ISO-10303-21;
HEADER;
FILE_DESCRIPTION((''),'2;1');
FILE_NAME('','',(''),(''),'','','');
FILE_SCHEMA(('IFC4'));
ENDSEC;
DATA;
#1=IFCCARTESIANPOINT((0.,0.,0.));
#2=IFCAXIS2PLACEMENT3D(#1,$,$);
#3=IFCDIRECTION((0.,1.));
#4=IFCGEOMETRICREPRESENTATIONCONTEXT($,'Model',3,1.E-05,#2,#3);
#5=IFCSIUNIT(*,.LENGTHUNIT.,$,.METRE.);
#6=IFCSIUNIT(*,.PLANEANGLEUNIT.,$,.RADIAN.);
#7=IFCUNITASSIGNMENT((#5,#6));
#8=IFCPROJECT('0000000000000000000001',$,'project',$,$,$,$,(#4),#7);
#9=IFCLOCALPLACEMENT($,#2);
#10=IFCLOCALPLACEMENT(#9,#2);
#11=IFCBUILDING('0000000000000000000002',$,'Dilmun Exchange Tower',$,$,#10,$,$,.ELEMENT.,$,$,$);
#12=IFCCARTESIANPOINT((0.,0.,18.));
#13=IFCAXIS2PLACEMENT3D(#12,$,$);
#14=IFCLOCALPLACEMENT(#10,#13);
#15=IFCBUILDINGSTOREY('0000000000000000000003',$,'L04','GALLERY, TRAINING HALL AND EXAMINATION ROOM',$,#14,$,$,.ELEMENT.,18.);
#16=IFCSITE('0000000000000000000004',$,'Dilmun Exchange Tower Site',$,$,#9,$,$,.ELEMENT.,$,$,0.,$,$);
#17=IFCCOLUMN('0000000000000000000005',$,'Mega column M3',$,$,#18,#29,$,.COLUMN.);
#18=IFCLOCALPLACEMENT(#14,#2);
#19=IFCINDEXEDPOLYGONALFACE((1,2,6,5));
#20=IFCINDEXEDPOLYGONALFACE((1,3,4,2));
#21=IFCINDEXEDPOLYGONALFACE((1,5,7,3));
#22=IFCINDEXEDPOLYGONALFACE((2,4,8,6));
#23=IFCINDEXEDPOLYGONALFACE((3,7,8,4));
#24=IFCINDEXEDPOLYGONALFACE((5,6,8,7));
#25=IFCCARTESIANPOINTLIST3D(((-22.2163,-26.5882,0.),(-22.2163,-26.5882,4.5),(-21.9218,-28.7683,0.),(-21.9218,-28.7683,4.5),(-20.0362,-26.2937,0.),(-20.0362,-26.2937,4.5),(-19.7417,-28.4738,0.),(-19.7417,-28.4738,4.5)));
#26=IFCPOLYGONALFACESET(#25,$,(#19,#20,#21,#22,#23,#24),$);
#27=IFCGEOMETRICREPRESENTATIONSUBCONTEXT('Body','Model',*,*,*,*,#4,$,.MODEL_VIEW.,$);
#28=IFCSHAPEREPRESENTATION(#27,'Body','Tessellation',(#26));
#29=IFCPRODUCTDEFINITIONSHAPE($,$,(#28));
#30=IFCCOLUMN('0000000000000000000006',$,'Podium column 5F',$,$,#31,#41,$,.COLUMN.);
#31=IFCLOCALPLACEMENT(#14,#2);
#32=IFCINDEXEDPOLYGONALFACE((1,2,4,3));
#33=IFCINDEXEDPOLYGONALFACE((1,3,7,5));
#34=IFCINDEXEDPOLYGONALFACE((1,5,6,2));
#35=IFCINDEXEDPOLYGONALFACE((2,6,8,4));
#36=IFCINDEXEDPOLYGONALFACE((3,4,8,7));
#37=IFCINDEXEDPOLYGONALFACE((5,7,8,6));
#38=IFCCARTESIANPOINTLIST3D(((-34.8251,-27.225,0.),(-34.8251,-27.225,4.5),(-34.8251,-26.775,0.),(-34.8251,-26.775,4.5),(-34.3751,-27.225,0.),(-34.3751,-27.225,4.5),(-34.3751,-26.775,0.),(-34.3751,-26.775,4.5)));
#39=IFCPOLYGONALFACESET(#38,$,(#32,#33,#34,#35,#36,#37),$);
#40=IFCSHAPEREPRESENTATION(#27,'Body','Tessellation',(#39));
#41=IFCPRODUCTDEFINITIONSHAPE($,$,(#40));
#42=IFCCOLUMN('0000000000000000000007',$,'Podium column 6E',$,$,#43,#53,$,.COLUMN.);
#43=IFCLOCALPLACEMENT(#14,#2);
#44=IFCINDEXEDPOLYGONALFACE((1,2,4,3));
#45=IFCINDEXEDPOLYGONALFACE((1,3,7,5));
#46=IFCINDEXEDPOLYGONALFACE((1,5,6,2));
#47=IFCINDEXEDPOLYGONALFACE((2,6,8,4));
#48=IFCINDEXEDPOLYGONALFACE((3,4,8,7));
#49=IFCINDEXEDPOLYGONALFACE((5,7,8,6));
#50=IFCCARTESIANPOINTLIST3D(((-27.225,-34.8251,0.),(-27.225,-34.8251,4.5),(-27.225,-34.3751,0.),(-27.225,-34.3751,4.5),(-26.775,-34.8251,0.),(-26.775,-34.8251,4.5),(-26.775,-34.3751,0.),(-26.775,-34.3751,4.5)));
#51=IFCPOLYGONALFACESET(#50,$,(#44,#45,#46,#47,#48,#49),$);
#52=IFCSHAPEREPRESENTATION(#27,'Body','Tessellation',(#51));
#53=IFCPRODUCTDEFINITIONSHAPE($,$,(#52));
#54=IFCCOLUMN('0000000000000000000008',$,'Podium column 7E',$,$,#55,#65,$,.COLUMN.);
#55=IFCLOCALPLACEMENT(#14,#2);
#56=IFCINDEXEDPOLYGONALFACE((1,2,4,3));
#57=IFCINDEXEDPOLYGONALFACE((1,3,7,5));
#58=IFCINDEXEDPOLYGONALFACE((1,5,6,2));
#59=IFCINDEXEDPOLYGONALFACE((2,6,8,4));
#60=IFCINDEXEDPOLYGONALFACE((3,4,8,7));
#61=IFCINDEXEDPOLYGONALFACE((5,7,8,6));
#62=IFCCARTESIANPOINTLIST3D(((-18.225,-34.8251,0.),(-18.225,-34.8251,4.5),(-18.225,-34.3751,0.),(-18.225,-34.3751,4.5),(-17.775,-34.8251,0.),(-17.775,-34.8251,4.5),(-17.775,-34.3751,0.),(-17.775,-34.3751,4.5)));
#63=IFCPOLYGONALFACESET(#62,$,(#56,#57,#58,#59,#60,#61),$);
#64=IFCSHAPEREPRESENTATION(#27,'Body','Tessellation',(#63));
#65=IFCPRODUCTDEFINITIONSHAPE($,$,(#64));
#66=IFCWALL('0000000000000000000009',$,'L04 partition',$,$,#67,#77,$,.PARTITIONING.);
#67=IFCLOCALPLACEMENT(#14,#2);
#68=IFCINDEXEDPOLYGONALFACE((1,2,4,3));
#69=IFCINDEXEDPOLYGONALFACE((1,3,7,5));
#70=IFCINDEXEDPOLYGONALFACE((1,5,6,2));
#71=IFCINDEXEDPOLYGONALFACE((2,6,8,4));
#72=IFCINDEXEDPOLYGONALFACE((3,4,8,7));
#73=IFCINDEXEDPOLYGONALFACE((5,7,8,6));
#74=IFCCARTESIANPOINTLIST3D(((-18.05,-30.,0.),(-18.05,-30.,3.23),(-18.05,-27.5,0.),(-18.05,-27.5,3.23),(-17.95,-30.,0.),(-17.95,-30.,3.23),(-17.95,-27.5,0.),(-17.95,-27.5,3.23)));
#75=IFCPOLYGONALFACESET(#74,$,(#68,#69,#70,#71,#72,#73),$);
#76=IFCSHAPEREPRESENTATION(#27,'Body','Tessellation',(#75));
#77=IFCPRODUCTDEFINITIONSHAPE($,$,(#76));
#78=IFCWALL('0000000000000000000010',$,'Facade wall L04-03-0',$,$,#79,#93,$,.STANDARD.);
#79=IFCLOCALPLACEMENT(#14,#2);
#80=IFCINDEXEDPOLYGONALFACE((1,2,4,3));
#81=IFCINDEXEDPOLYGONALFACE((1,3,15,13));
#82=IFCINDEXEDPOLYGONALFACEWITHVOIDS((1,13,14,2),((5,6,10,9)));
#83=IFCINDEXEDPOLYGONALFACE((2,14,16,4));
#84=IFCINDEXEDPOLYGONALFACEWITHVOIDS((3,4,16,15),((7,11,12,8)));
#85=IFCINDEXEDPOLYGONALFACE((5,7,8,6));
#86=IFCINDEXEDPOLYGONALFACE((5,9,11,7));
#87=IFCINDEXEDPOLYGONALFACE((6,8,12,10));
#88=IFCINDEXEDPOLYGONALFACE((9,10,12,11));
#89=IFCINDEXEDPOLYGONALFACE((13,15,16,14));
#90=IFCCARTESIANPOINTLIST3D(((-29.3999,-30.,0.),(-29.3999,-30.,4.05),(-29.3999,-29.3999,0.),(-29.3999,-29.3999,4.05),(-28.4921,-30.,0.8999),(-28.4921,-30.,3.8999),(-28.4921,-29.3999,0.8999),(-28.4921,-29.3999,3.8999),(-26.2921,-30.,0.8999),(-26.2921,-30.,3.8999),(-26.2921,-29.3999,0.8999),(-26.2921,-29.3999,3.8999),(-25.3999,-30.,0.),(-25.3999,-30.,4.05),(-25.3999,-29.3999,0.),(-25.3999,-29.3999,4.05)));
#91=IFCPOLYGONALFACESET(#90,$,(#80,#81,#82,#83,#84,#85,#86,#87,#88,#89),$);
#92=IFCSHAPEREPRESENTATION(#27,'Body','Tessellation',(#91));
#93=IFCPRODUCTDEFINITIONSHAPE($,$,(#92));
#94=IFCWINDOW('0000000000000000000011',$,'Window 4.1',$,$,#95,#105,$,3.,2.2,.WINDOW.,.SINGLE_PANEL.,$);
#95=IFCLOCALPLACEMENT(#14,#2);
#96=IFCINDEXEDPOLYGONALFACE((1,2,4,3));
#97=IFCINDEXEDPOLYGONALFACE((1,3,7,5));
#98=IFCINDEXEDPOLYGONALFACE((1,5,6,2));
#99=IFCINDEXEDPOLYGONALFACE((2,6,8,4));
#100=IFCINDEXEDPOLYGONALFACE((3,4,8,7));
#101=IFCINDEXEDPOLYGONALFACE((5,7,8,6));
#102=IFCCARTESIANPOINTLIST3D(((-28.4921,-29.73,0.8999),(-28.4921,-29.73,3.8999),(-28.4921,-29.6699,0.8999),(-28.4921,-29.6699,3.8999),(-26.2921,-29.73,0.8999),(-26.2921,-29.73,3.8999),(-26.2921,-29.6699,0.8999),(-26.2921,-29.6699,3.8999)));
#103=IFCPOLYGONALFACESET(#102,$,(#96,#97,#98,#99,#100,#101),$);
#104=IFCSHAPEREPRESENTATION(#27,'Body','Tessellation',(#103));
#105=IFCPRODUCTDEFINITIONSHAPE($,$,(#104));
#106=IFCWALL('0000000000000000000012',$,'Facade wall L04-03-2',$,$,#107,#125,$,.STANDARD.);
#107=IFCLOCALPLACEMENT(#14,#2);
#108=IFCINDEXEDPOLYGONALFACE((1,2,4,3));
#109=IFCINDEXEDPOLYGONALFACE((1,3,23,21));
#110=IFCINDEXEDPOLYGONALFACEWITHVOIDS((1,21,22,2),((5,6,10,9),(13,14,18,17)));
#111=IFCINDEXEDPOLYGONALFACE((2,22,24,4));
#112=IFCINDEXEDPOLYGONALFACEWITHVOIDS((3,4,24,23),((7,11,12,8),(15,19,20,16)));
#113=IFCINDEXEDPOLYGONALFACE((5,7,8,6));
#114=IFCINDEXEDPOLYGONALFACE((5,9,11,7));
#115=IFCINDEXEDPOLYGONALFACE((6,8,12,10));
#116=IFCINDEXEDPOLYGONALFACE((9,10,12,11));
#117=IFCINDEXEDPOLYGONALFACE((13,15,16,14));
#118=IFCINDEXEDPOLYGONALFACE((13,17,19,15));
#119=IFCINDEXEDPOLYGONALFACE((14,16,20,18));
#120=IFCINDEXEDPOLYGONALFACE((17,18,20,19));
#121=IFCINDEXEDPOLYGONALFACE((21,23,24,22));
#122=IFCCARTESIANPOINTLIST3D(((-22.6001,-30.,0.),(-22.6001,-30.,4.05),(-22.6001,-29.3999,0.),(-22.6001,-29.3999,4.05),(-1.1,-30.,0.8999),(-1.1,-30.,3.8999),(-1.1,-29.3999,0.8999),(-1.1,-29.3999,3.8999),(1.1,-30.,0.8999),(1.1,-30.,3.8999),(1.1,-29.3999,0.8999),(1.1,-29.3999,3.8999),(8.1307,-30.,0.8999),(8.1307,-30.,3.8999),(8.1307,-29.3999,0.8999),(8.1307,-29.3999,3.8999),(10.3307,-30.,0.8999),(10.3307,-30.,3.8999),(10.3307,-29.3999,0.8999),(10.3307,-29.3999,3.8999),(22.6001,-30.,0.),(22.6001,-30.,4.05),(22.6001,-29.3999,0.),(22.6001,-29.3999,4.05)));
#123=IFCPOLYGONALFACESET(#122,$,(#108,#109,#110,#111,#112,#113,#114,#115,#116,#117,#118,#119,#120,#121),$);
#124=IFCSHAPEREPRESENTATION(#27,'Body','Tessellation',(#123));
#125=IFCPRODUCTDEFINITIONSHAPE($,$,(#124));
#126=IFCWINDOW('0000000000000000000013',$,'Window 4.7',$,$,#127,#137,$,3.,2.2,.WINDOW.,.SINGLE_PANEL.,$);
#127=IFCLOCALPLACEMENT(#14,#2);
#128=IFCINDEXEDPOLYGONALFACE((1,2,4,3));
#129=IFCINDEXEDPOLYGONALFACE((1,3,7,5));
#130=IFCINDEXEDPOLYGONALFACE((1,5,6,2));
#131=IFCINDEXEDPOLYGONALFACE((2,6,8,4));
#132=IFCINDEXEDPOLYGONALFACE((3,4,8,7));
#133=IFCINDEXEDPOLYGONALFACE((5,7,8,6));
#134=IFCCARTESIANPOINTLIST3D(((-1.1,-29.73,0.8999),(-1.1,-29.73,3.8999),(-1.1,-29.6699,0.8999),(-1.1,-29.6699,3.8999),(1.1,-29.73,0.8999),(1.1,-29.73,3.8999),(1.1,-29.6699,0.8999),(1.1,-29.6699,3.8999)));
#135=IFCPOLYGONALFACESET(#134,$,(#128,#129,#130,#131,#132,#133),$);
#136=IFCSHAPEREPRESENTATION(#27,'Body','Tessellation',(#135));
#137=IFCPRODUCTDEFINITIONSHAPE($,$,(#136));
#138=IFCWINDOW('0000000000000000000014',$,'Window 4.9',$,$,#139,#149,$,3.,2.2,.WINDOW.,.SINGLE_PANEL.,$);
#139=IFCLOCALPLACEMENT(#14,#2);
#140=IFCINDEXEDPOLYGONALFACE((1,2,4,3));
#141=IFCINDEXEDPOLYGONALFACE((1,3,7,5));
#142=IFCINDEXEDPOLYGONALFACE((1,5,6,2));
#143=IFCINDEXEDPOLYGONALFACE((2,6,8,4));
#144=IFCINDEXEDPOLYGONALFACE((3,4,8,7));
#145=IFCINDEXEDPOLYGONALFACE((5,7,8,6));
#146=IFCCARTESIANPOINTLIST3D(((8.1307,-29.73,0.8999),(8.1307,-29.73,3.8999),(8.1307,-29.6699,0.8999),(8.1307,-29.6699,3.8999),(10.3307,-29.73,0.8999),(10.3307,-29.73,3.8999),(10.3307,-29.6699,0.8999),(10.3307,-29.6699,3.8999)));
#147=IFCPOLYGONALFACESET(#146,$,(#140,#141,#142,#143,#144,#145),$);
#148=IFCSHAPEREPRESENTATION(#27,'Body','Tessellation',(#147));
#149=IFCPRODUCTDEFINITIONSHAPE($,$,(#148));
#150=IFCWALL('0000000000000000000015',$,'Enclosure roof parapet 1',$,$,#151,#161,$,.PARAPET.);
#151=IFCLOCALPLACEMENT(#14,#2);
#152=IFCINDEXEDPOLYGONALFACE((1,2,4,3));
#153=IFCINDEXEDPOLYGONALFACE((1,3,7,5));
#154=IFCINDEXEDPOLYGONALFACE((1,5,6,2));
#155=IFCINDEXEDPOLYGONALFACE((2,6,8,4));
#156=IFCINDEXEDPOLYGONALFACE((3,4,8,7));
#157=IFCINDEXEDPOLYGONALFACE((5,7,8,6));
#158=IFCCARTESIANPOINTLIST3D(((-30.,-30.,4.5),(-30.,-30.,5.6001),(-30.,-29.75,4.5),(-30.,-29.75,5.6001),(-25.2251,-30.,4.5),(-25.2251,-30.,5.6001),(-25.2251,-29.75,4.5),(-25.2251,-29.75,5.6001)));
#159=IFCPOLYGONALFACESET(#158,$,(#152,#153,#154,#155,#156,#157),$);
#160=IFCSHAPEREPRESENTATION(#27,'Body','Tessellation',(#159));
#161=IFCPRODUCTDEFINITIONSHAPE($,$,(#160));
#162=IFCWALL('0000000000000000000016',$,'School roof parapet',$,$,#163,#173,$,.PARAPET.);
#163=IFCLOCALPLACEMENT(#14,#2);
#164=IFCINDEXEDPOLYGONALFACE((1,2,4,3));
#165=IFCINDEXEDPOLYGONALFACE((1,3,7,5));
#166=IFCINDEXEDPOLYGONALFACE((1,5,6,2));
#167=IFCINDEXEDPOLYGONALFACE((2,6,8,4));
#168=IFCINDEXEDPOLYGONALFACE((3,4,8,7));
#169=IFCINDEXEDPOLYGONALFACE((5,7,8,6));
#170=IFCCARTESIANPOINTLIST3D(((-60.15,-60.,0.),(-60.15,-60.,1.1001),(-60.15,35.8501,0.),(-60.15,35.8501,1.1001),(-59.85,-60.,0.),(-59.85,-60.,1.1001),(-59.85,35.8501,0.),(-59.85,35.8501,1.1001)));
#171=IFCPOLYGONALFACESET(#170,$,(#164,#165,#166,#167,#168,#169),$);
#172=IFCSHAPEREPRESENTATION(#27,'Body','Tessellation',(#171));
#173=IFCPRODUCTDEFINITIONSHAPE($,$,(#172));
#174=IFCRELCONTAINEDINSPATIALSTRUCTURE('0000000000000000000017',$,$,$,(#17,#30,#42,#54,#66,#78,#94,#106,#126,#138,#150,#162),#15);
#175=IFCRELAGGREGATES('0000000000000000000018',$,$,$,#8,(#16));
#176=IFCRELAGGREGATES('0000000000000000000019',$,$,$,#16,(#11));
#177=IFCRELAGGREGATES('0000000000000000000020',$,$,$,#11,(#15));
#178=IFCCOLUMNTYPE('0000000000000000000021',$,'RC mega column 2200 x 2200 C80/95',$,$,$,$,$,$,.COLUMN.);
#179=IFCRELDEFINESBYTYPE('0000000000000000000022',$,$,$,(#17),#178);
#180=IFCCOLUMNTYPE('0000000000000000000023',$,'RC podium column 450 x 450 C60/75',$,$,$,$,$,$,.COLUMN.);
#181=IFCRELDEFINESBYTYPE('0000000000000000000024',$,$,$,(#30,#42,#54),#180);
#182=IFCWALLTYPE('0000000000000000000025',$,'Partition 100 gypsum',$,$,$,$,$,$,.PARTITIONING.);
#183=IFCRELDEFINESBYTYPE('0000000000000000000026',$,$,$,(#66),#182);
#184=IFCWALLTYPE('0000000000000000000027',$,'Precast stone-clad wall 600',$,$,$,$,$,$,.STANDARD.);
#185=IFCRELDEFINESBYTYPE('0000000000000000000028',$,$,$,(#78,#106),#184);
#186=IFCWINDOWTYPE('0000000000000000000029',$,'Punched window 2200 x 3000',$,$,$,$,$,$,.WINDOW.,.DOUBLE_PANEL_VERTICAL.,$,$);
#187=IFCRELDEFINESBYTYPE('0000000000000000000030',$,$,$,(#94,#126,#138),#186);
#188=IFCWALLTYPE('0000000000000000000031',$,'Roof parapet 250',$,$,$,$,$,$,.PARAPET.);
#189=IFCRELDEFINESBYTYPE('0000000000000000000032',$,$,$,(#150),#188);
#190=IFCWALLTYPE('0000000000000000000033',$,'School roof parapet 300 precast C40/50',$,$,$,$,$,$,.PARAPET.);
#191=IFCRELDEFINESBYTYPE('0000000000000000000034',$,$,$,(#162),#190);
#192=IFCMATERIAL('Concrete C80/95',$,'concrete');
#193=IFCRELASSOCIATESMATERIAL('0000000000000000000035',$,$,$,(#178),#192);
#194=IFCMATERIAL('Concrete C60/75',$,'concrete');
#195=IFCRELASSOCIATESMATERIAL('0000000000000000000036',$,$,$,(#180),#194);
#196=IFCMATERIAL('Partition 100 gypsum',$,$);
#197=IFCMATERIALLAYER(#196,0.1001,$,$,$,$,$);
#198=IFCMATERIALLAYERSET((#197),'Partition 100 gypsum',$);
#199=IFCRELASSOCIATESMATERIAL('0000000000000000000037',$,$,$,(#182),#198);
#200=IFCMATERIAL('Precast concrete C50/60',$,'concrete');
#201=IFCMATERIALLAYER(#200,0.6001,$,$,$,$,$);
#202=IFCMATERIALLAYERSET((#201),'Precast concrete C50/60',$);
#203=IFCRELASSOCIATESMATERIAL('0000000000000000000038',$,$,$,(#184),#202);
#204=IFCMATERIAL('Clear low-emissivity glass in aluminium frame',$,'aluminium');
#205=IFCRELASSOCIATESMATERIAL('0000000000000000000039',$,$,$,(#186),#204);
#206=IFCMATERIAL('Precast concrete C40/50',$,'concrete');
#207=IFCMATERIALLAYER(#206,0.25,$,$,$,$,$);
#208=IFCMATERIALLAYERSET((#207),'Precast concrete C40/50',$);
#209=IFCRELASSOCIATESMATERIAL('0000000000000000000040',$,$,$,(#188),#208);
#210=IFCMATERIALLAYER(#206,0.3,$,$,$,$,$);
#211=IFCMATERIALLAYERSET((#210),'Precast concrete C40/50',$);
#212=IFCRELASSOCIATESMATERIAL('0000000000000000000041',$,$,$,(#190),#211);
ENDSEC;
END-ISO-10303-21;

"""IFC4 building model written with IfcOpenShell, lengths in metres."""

from ifc_helpers import new_model, si_unit, direction, frame, frame_2d, origin, origin_2d, place, context, subcontext, project, spatial, rectangle, extrude, material, layer, layer_set, material_profile, profile_set, type_object, element, fill, save


model = new_model("IFC4")

# Units and contexts
model_context = context("Model", 3, precision=1e-05, world=origin(), true_north=direction((0.0, 1.0)))
body_context = subcontext(model_context, "Body", "Model", "MODEL_VIEW")
ifc_project = project(units=[si_unit("LENGTHUNIT", "METRE"), si_unit("PLANEANGLEUNIT", "RADIAN")], contexts=[model_context])

# Site, building, storey
site_placement = place(None, origin())
site = spatial("IfcSite", under=ifc_project, at=site_placement, Name="Dilmun Exchange Tower Site", CompositionType="ELEMENT", RefElevation=0.0)
building_placement = place(site_placement, origin())
building = spatial("IfcBuilding", under=site, at=building_placement, Name="Dilmun Exchange Tower", CompositionType="ELEMENT")
storey_placement = place(building_placement, frame((0.0, 0.0, 18.0)))
storey = spatial("IfcBuildingStorey", under=building, at=storey_placement, Name="L04", Description="GALLERY, TRAINING HALL AND EXAMINATION ROOM", CompositionType="ELEMENT", Elevation=18.0)

# Columns
ifc_material_1 = material(Name="Concrete C80/95", Category="concrete")
ifc_material_profile_1 = material_profile(ifc_material_1, rectangle(XDim=2.2, YDim=2.2, at=origin_2d()), Name="2200 x 2200")
ifc_profile_set_1 = profile_set([ifc_material_profile_1], Name="Concrete C80/95")
column_type_1 = type_object("IfcColumnType", Name="RC mega column 2200 x 2200 C80/95", PredefinedType="COLUMN", material=ifc_profile_set_1)
column_placement = place(storey_placement, frame((-20.979, -27.531, 0.0), z_axis=(0.0, 0.0, 1.0), x_axis=(0.991001, 0.133853, 0.0)))
element("IfcColumn", 1, at=column_placement, inside=storey, type_object=column_type_1, Name="Mega column M3", PredefinedType="COLUMN", context=body_context, shape_type="SweptSolid", body=[
    extrude(rectangle(XDim=2.2, YDim=2.2, at=origin_2d()), origin(), (0.0, 0.0, 1.0), 4.5),
])
ifc_material_2 = material(Name="Concrete C60/75", Category="concrete")
ifc_material_profile_2 = material_profile(ifc_material_2, rectangle(XDim=0.45, YDim=0.45, at=origin_2d()), Name="450 x 450")
ifc_profile_set_2 = profile_set([ifc_material_profile_2], Name="Concrete C60/75")
column_type_2 = type_object("IfcColumnType", Name="RC podium column 450 x 450 C60/75", PredefinedType="COLUMN", material=ifc_profile_set_2)
for number, where, z_axis, x_axis, name in (
    (2, (-34.6001, -27.0, 0.0), (0.0, 0.0, 1.0), (1.0, 0.0, 0.0), "Podium column 5F"),
    (3, (-27.0, -34.6001, 0.0), (0.0, 0.0, 1.0), (1.0, 0.0, 0.0), "Podium column 6E"),
    (4, (-18.0, -34.6001, 0.0), (0.0, 0.0, 1.0), (1.0, 0.0, 0.0), "Podium column 7E"),
):
    element("IfcColumn", number, at=place(storey_placement, frame(where, z_axis=z_axis, x_axis=x_axis)), inside=storey, type_object=column_type_2, Name=name, PredefinedType="COLUMN", context=body_context, shape_type="SweptSolid", body=[
        extrude(rectangle(XDim=0.45, YDim=0.45, at=origin_2d()), origin(), (0.0, 0.0, 1.0), 4.5),
    ])

# Wall
ifc_material_3 = material(Name="Partition 100 gypsum")
ifc_layer_1 = layer(ifc_material_3, 0.1001)
ifc_layer_set_1 = layer_set([ifc_layer_1], Name="Partition 100 gypsum")
wall_type_1 = type_object("IfcWallType", Name="Partition 100 gypsum", PredefinedType="PARTITIONING", material=ifc_layer_set_1)
wall_1_placement = place(storey_placement, frame((-18.0, -30.0, 0.0), z_axis=(0.0, 0.0, 1.0), x_axis=(0.0, 1.0, 0.0)))
element("IfcWall", 5, at=wall_1_placement, inside=storey, type_object=wall_type_1, Name="L04 partition", PredefinedType="PARTITIONING", context=body_context, shape_type="SweptSolid", body=[
    extrude(rectangle(XDim=2.5, YDim=0.1001, at=frame_2d((1.25, 0.0))), origin(), (0.0, 0.0, 1.0), 3.23),
])

# Wall, opening, window
ifc_material_4 = material(Name="Precast concrete C50/60", Category="concrete")
ifc_layer_2 = layer(ifc_material_4, 0.6001)
ifc_layer_set_2 = layer_set([ifc_layer_2], Name="Precast concrete C50/60")
wall_type_2 = type_object("IfcWallType", Name="Precast stone-clad wall 600", PredefinedType="STANDARD", material=ifc_layer_set_2)
wall_2_placement = place(storey_placement, frame((-29.3999, -29.7, 0.0), z_axis=(0.0, 0.0, 1.0), x_axis=(1.0, 0.0, 0.0)))
wall_2 = element("IfcWall", 6, at=wall_2_placement, inside=storey, type_object=wall_type_2, Name="Facade wall L04-03-0", PredefinedType="STANDARD", context=body_context, shape_type="SweptSolid", body=[
    extrude(rectangle(XDim=4.0, YDim=0.6001, at=frame_2d((2.0, 0.0))), origin(), (0.0, 0.0, 1.0), 4.05),
])
opening_1_placement = place(wall_2_placement, frame((0.9077, 0.0, 0.8999)))
opening_1 = element("IfcOpeningElement", 7, at=opening_1_placement, cuts=wall_2, PredefinedType="OPENING", context=body_context, shape_type="SweptSolid", body=[
    extrude(rectangle(XDim=2.2, YDim=3.0, at=frame_2d((1.1001, 1.5))), frame((0.0, 0.3101, 0.0), z_axis=(0.0, -1.0, 0.0), x_axis=(1.0, 0.0, 0.0)), (0.0, 0.0, 1.0), 0.6201),
])
ifc_material_5 = material(Name="Clear low-emissivity glass in aluminium frame", Category="aluminium")
window_type = type_object("IfcWindowType", Name="Punched window 2200 x 3000", PartitioningType="DOUBLE_PANEL_VERTICAL", PredefinedType="WINDOW", material=ifc_material_5)
window_1_placement = place(opening_1_placement, origin())
window_1 = element("IfcWindow", 8, at=window_1_placement, inside=storey, type_object=window_type, Name="Window 4.1", OverallHeight=3.0, OverallWidth=2.2, PartitioningType="SINGLE_PANEL", PredefinedType="WINDOW", context=body_context, shape_type="SweptSolid", body=[
    extrude(rectangle(XDim=2.2, YDim=3.0, at=frame_2d((1.1001, 1.5))), frame((0.0, 0.03, 0.0), z_axis=(0.0, -1.0, 0.0), x_axis=(1.0, 0.0, 0.0)), (0.0, 0.0, 1.0), 0.0601),
])
fill(opening_1, window_1)

# Wall, openings, windows
wall_3_placement = place(storey_placement, frame((-22.6001, -29.7, 0.0), z_axis=(0.0, 0.0, 1.0), x_axis=(1.0, 0.0, 0.0)))
wall_3 = element("IfcWall", 9, at=wall_3_placement, inside=storey, type_object=wall_type_2, Name="Facade wall L04-03-2", PredefinedType="STANDARD", context=body_context, shape_type="SweptSolid", body=[
    extrude(rectangle(XDim=45.2002, YDim=0.6001, at=frame_2d((22.6001, 0.0))), origin(), (0.0, 0.0, 1.0), 4.05),
])
opening_2_placement = place(wall_3_placement, frame((21.5, 0.0, 0.8999)))
opening_2 = element("IfcOpeningElement", 10, at=opening_2_placement, cuts=wall_3, PredefinedType="OPENING", context=body_context, shape_type="SweptSolid", body=[
    extrude(rectangle(XDim=2.2, YDim=3.0, at=frame_2d((1.1001, 1.5))), frame((0.0, 0.3101, 0.0), z_axis=(0.0, -1.0, 0.0), x_axis=(1.0, 0.0, 0.0)), (0.0, 0.0, 1.0), 0.6201),
])
opening_3_placement = place(wall_3_placement, frame((30.7307, 0.0, 0.8999)))
opening_3 = element("IfcOpeningElement", 11, at=opening_3_placement, cuts=wall_3, PredefinedType="OPENING", context=body_context, shape_type="SweptSolid", body=[
    extrude(rectangle(XDim=2.2, YDim=3.0, at=frame_2d((1.1001, 1.5))), frame((0.0, 0.3101, 0.0), z_axis=(0.0, -1.0, 0.0), x_axis=(1.0, 0.0, 0.0)), (0.0, 0.0, 1.0), 0.6201),
])
window_2_placement = place(opening_2_placement, origin())
window_2 = element("IfcWindow", 12, at=window_2_placement, inside=storey, type_object=window_type, Name="Window 4.7", OverallHeight=3.0, OverallWidth=2.2, PartitioningType="SINGLE_PANEL", PredefinedType="WINDOW", context=body_context, shape_type="SweptSolid", body=[
    extrude(rectangle(XDim=2.2, YDim=3.0, at=frame_2d((1.1001, 1.5))), frame((0.0, 0.03, 0.0), z_axis=(0.0, -1.0, 0.0), x_axis=(1.0, 0.0, 0.0)), (0.0, 0.0, 1.0), 0.0601),
])
fill(opening_2, window_2)
window_3_placement = place(opening_3_placement, origin())
window_3 = element("IfcWindow", 13, at=window_3_placement, inside=storey, type_object=window_type, Name="Window 4.9", OverallHeight=3.0, OverallWidth=2.2, PartitioningType="SINGLE_PANEL", PredefinedType="WINDOW", context=body_context, shape_type="SweptSolid", body=[
    extrude(rectangle(XDim=2.2, YDim=3.0, at=frame_2d((1.1001, 1.5))), frame((0.0, 0.03, 0.0), z_axis=(0.0, -1.0, 0.0), x_axis=(1.0, 0.0, 0.0)), (0.0, 0.0, 1.0), 0.0601),
])
fill(opening_3, window_3)

# Walls
ifc_material_6 = material(Name="Precast concrete C40/50", Category="concrete")
ifc_layer_3 = layer(ifc_material_6, 0.25)
ifc_layer_set_3 = layer_set([ifc_layer_3], Name="Precast concrete C40/50")
wall_type_3 = type_object("IfcWallType", Name="Roof parapet 250", PredefinedType="PARAPET", material=ifc_layer_set_3)
wall_4_placement = place(storey_placement, frame((-30.0, -29.875, 4.5), z_axis=(0.0, 0.0, 1.0), x_axis=(1.0, 0.0, 0.0)))
element("IfcWall", 14, at=wall_4_placement, inside=storey, type_object=wall_type_3, Name="Enclosure roof parapet 1", PredefinedType="PARAPET", context=body_context, shape_type="SweptSolid", body=[
    extrude(rectangle(XDim=4.7749, YDim=0.25, at=frame_2d((2.3875, 0.0))), origin(), (0.0, 0.0, 1.0), 1.1001),
])
ifc_layer_4 = layer(ifc_material_6, 0.3)
ifc_layer_set_4 = layer_set([ifc_layer_4], Name="Precast concrete C40/50")
wall_type_4 = type_object("IfcWallType", Name="School roof parapet 300 precast C40/50", PredefinedType="PARAPET", material=ifc_layer_set_4)
wall_5_placement = place(storey_placement, frame((-60.0, -60.0, 0.0), z_axis=(0.0, 0.0, 1.0), x_axis=(0.0, 1.0, 0.0)))
element("IfcWall", 15, at=wall_5_placement, inside=storey, type_object=wall_type_4, Name="School roof parapet", PredefinedType="PARAPET", context=body_context, shape_type="SweptSolid", body=[
    extrude(rectangle(XDim=95.8501, YDim=0.3, at=frame_2d((47.925, 0.0))), origin(), (0.0, 0.0, 1.0), 1.1001),
])

save(model, "model.ifc")
